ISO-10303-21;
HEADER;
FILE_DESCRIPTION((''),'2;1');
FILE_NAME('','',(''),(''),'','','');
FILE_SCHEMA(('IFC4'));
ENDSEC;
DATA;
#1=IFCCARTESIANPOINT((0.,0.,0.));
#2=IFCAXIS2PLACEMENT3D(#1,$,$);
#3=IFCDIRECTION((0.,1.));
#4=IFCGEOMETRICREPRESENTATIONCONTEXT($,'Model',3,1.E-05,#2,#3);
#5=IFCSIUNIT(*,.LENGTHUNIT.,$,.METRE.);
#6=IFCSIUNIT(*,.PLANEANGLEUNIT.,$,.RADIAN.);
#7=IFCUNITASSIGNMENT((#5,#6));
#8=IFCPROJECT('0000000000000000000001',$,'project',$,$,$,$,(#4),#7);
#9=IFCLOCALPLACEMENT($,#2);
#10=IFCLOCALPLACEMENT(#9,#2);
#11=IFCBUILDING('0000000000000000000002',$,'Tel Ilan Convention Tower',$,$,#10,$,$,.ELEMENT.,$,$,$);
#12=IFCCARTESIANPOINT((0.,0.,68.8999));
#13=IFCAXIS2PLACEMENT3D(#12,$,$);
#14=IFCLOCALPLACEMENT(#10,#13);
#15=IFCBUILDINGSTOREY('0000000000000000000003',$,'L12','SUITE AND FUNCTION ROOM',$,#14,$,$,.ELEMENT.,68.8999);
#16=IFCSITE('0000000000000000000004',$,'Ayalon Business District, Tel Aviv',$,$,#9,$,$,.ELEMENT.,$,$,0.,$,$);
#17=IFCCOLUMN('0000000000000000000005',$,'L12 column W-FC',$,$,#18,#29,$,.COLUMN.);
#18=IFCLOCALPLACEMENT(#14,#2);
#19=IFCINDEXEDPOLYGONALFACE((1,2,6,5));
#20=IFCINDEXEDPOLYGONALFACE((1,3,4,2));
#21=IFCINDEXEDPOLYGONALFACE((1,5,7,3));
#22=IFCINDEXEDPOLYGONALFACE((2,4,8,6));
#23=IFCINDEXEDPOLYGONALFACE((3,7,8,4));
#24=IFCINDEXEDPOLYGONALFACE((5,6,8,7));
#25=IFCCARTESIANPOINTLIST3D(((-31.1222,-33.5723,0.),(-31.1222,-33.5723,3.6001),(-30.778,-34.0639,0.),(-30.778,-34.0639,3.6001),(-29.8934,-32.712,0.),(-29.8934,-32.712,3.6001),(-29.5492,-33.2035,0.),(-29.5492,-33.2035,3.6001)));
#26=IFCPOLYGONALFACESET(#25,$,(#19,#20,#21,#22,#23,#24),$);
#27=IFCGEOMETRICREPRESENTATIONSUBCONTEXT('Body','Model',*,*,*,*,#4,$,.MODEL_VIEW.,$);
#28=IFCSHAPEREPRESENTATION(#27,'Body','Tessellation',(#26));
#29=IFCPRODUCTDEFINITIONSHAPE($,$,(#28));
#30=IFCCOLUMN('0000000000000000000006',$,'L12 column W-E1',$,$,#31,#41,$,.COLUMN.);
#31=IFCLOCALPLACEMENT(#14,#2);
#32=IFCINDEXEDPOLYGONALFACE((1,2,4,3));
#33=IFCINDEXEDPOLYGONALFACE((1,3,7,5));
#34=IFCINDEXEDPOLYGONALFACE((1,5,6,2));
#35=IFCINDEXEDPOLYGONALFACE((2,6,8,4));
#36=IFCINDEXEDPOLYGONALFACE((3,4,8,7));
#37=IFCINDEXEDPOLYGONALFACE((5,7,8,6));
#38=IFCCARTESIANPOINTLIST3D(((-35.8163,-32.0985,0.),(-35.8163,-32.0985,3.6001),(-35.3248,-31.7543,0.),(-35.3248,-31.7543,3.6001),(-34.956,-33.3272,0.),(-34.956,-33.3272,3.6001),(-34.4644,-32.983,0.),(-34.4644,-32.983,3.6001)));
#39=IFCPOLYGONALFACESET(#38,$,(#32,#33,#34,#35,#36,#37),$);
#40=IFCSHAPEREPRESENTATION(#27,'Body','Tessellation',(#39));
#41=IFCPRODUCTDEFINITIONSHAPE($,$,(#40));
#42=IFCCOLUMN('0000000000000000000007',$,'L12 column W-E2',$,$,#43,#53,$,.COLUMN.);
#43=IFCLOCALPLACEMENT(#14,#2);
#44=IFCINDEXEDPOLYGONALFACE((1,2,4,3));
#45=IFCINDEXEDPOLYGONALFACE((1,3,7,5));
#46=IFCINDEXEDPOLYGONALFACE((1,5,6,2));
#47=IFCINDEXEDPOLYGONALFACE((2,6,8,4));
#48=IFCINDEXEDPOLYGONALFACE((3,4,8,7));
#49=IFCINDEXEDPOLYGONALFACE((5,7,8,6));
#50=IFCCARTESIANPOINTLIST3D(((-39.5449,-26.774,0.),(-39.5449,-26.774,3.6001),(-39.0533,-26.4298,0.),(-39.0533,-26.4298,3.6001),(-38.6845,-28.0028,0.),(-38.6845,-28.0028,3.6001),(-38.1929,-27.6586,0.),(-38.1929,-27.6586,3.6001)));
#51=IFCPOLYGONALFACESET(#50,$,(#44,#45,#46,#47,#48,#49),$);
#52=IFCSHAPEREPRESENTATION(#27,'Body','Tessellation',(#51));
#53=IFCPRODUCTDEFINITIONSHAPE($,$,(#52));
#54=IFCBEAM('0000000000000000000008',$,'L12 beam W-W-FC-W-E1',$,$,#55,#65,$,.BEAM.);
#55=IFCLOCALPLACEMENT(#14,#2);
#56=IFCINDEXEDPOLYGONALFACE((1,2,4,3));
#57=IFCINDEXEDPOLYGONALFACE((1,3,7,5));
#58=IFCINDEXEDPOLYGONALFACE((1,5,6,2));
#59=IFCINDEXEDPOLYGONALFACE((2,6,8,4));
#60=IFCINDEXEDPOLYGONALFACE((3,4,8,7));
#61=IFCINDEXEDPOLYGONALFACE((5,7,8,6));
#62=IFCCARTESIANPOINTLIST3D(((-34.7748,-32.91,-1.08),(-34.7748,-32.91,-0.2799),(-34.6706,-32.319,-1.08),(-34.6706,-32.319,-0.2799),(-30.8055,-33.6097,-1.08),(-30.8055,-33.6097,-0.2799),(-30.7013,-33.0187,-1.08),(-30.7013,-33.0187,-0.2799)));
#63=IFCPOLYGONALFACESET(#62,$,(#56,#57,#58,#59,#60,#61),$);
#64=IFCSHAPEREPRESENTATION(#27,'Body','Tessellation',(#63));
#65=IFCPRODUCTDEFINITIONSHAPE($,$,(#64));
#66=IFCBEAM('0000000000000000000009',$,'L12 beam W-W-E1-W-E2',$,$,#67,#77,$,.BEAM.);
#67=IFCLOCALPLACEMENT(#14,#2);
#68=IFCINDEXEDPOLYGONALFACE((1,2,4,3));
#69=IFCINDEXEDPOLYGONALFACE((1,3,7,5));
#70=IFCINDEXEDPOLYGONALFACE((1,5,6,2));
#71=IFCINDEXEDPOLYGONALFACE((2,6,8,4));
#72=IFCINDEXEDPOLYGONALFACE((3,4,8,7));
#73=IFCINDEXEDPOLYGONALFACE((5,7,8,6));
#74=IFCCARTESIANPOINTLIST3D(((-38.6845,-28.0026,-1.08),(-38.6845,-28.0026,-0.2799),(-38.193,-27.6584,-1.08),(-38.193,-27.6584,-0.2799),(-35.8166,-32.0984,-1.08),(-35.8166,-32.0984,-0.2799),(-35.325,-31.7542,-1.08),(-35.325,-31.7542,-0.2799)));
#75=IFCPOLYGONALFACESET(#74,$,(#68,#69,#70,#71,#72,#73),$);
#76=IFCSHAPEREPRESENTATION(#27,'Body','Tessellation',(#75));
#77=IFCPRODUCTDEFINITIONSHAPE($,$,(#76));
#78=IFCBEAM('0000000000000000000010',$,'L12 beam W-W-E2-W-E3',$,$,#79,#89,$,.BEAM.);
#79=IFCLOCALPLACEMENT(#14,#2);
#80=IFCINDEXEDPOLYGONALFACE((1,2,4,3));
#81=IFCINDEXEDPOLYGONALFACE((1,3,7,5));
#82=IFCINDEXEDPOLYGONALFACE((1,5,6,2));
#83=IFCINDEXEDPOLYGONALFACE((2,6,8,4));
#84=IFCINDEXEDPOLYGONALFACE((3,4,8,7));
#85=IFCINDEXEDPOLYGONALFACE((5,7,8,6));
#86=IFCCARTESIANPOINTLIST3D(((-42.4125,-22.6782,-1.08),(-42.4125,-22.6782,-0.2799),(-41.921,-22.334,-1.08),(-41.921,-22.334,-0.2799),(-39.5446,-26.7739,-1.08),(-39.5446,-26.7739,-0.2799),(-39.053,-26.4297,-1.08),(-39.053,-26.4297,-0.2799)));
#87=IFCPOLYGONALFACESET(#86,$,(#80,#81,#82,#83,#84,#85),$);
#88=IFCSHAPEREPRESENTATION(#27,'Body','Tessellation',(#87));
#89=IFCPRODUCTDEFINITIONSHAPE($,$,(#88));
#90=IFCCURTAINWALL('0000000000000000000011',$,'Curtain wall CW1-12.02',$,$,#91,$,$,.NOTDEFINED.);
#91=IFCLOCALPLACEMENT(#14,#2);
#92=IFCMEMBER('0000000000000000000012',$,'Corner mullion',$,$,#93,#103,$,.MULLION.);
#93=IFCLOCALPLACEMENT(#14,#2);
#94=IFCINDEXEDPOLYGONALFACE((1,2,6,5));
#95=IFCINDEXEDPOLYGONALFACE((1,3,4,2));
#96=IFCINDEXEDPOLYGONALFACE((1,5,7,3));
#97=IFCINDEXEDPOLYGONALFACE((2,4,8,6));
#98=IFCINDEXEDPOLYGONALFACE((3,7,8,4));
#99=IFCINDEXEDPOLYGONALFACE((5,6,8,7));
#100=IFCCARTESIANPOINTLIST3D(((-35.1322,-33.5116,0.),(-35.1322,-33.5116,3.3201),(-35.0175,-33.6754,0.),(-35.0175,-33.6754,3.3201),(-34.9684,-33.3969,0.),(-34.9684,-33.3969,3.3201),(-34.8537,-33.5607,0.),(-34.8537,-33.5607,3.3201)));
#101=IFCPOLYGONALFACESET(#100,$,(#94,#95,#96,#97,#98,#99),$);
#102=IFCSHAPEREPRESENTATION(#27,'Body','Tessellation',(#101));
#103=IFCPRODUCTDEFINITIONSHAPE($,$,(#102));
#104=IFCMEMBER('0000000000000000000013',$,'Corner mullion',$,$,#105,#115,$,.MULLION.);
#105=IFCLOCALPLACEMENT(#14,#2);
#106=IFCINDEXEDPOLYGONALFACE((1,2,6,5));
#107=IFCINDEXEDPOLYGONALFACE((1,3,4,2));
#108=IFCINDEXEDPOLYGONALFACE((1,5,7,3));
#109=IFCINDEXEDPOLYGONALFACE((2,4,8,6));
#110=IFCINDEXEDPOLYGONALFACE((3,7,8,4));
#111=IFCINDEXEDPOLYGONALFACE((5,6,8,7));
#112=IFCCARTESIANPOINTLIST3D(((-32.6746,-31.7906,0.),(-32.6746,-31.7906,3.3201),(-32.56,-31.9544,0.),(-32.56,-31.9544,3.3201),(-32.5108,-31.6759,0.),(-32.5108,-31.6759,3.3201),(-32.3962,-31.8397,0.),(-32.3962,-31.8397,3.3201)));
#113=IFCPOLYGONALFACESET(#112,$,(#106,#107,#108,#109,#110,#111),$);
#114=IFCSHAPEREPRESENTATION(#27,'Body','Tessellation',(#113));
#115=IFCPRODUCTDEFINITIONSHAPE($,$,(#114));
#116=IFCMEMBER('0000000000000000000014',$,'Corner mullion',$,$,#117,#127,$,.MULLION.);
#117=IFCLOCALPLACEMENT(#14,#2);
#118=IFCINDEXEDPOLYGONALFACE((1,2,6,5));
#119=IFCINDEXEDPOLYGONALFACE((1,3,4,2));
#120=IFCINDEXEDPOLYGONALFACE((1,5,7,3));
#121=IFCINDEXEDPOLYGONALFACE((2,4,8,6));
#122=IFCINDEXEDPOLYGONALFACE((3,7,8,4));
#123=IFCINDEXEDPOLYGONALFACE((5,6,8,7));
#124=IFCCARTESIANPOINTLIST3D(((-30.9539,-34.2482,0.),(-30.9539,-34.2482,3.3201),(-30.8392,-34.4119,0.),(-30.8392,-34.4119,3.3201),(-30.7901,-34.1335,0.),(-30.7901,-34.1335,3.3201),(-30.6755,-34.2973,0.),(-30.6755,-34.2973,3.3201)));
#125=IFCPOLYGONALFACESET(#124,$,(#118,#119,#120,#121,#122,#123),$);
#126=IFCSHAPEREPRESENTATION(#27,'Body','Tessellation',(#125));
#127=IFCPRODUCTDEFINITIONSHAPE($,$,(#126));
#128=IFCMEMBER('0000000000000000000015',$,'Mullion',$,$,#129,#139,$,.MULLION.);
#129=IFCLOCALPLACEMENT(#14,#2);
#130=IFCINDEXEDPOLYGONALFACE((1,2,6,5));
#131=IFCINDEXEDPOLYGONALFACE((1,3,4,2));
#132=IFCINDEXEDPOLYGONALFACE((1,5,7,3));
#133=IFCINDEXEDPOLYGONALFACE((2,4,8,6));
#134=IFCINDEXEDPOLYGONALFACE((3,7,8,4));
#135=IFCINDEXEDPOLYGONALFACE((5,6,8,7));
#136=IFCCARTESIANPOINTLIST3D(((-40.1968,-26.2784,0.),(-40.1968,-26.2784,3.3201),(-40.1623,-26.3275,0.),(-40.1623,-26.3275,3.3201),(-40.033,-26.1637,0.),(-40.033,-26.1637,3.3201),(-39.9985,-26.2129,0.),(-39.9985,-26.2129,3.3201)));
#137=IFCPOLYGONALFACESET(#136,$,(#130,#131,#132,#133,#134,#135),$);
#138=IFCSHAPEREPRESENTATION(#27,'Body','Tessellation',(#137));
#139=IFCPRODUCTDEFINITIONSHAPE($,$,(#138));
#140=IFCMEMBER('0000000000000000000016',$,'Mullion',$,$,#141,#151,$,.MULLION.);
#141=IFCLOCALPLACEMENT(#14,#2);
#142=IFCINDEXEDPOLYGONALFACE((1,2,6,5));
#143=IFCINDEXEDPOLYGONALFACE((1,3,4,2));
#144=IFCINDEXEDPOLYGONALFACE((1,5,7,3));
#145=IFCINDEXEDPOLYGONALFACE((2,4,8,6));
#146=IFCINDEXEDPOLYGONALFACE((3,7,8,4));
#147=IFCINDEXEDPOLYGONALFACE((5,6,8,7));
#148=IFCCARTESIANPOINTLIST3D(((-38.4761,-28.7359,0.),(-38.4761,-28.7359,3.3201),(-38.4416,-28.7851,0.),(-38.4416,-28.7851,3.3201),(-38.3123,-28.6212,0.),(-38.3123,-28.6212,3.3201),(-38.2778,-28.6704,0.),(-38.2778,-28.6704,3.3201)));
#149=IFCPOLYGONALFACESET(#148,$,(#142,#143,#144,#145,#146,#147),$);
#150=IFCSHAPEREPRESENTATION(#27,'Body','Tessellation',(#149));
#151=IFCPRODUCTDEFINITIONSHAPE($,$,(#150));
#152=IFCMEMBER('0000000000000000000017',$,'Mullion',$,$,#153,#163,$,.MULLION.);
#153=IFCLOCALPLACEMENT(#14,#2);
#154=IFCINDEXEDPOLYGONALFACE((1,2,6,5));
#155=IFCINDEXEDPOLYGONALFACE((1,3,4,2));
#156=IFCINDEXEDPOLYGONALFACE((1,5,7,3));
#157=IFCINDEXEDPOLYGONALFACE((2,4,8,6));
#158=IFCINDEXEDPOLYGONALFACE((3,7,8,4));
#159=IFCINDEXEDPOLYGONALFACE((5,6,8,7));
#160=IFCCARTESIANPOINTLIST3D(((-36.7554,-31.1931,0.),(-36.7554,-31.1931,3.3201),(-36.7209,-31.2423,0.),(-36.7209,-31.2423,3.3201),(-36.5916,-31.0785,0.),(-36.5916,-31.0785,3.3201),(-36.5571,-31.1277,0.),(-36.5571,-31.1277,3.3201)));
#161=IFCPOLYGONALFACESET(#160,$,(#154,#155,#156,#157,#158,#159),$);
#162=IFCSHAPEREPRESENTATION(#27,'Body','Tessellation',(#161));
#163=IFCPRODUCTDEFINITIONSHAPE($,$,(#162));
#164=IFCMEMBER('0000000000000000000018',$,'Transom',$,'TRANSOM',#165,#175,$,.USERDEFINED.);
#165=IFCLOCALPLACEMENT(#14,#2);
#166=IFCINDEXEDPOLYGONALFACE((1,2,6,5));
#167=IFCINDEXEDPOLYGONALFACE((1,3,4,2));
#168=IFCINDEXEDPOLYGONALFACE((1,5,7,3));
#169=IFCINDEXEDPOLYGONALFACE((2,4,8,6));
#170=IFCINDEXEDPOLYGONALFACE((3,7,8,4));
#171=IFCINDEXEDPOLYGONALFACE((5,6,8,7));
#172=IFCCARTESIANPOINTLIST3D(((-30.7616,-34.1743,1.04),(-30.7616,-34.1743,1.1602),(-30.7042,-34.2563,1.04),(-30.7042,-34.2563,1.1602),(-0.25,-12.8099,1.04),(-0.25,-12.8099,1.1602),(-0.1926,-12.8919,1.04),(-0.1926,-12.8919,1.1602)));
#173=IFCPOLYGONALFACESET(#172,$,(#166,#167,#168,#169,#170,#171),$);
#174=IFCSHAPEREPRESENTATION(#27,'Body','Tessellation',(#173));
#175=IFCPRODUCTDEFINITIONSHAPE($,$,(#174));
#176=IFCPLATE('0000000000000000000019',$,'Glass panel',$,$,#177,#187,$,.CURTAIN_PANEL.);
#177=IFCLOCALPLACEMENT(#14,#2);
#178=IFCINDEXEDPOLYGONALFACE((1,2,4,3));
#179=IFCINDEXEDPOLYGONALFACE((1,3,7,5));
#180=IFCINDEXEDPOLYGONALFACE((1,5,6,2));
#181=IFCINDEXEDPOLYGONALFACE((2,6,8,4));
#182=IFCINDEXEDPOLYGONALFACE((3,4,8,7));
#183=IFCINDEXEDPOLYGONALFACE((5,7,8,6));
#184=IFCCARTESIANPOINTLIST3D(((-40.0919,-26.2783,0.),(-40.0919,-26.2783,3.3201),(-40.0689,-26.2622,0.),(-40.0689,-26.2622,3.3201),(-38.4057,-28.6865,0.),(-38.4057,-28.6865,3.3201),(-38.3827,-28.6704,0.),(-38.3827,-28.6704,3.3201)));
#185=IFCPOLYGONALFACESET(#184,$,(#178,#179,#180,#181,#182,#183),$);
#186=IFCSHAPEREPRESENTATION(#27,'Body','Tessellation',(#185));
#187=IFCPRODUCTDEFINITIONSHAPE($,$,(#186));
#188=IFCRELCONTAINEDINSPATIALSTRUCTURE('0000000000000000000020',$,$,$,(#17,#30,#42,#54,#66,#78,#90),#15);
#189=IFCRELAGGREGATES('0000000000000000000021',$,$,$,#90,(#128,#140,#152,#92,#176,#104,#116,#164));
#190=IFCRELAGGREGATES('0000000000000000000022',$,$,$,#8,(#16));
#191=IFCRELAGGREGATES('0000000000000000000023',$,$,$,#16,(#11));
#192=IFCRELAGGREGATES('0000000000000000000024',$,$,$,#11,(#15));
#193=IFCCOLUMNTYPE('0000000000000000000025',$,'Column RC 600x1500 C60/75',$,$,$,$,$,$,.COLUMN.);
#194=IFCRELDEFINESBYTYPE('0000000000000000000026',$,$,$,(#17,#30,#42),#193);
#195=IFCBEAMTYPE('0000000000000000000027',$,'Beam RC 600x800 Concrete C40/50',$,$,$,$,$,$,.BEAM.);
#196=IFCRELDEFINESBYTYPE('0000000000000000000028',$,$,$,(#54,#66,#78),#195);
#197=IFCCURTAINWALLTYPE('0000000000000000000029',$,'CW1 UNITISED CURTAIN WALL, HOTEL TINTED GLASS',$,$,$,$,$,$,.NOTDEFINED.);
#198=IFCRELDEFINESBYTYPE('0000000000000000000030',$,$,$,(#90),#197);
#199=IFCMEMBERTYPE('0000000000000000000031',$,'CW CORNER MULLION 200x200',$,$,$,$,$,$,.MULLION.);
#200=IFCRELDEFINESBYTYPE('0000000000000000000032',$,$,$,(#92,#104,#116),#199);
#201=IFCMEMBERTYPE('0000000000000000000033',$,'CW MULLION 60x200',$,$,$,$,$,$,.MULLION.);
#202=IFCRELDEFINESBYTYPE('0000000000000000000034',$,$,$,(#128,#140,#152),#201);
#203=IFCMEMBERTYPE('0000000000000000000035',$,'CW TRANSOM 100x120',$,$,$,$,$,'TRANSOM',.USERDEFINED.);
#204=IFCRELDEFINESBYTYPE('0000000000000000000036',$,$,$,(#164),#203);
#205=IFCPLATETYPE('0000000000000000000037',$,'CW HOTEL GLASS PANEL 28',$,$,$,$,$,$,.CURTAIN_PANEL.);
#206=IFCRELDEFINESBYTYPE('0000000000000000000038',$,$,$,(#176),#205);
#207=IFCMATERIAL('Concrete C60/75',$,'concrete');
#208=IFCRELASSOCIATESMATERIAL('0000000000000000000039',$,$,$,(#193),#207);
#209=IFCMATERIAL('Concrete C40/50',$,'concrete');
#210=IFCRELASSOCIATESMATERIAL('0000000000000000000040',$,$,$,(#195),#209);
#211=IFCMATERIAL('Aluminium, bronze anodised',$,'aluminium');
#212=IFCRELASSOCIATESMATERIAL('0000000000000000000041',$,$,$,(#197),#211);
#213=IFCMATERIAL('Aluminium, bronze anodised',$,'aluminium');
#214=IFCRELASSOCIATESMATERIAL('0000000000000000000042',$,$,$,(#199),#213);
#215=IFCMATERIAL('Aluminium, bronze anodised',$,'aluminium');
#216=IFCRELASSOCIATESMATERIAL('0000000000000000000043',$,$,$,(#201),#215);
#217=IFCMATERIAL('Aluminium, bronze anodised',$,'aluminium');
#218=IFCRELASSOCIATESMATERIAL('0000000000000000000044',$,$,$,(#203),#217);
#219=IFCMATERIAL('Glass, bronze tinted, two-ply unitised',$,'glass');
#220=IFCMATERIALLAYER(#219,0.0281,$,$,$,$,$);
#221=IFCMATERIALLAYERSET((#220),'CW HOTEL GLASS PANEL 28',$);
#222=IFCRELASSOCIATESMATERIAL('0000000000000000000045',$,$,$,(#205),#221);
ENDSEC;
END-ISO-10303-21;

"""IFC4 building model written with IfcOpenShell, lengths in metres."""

from ifc_helpers import new_model, si_unit, direction, frame, origin, origin_2d, place, context, subcontext, project, spatial, rectangle, extrude, material, layer, layer_set, material_profile, profile_set, type_object, element, aggregate, save


model = new_model("IFC4")

# Units and contexts
model_context = context("Model", 3, precision=1e-05, world=origin(), true_north=direction((0.0, 1.0)))
body_context = subcontext(model_context, "Body", "Model", "MODEL_VIEW")
ifc_project = project(units=[si_unit("LENGTHUNIT", "METRE"), si_unit("PLANEANGLEUNIT", "RADIAN")], contexts=[model_context])

# Site, building, storey
site_placement = place(None, origin())
site = spatial("IfcSite", under=ifc_project, at=site_placement, Name="Ayalon Business District, Tel Aviv", CompositionType="ELEMENT", RefElevation=0.0)
building_placement = place(site_placement, origin())
building = spatial("IfcBuilding", under=site, at=building_placement, Name="Tel Ilan Convention Tower", CompositionType="ELEMENT")
storey_placement = place(building_placement, frame((0.0, 0.0, 68.8999)))
storey = spatial("IfcBuildingStorey", under=building, at=storey_placement, Name="L12", Description="SUITE AND FUNCTION ROOM", CompositionType="ELEMENT", Elevation=68.8999)

# Columns
ifc_material_1 = material(Name="Concrete C60/75", Category="concrete")
ifc_material_profile_1 = material_profile(ifc_material_1, rectangle(XDim=1.5, YDim=0.6001, at=origin_2d()), Name="RC 600x1500")
ifc_profile_set_1 = profile_set([ifc_material_profile_1], Name="Concrete C60/75")
column_type = type_object("IfcColumnType", Name="Column RC 600x1500 C60/75", PredefinedType="COLUMN", material=ifc_profile_set_1)
for number, where, z_axis, x_axis, name in (
    (1, (-30.3357, -33.3879, 0.0), (0.0, 0.0, 1.0), (-0.819152, -0.573576, 0.0), "L12 column W-FC"),
    (2, (-35.1404, -32.5408, 0.0), (0.0, 0.0, 1.0), (-0.573576, 0.819152, 0.0), "L12 column W-E1"),
    (3, (-38.8689, -27.2163, 0.0), (0.0, 0.0, 1.0), (-0.573576, 0.819152, 0.0), "L12 column W-E2"),
):
    element("IfcColumn", number, at=place(storey_placement, frame(where, z_axis=z_axis, x_axis=x_axis)), inside=storey, type_object=column_type, Name=name, PredefinedType="COLUMN", context=body_context, shape_type="SweptSolid", body=[
        extrude(rectangle(XDim=1.5, YDim=0.6001, at=origin_2d()), origin(), (0.0, 0.0, 1.0), 3.6001),
    ])

# Beams
ifc_material_2 = material(Name="Concrete C40/50", Category="concrete")
ifc_material_profile_2 = material_profile(ifc_material_2, rectangle(XDim=0.6001, YDim=0.8, at=origin_2d()), Name="RC 600x800")
ifc_profile_set_2 = profile_set([ifc_material_profile_2], Name="Concrete C40/50")
beam_type = type_object("IfcBeamType", Name="Beam RC 600x800 Concrete C40/50", PredefinedType="BEAM", material=ifc_profile_set_2)
beam_placement = place(storey_placement, frame((-30.7534, -33.3142, -0.6799), z_axis=(-0.984815, 0.173606, 0.0), x_axis=(-0.173606, -0.984815, 0.0)))
element("IfcBeam", 4, at=beam_placement, inside=storey, type_object=beam_type, Name="L12 beam W-W-FC-W-E1", PredefinedType="BEAM", context=body_context, shape_type="SweptSolid", body=[
    extrude(rectangle(XDim=0.6001, YDim=0.8, at=origin_2d()), origin(), (0.0, 0.0, 1.0), 4.0305),
])
for number, where, z_axis, x_axis, name in (
    (5, (-35.5708, -31.9263, -0.6799), (-0.573587, 0.819145, 0.0), (-0.819145, -0.573587, 0.0), "L12 beam W-W-E1-W-E2"),
    (6, (-39.2988, -26.6018, -0.6799), (-0.573587, 0.819145, 0.0), (-0.819145, -0.573587, 0.0), "L12 beam W-W-E2-W-E3"),
):
    element("IfcBeam", number, at=place(storey_placement, frame(where, z_axis=z_axis, x_axis=x_axis)), inside=storey, type_object=beam_type, Name=name, PredefinedType="BEAM", context=body_context, shape_type="SweptSolid", body=[
        extrude(rectangle(XDim=0.6001, YDim=0.8, at=origin_2d()), origin(), (0.0, 0.0, 1.0), 5.0),
    ])

# Curtain wall, members, plate
ifc_material_3 = material(Name="Aluminium, bronze anodised", Category="aluminium")
curtain_wall_type = type_object("IfcCurtainWallType", Name="CW1 UNITISED CURTAIN WALL, HOTEL TINTED GLASS", PredefinedType="NOTDEFINED", material=ifc_material_3)
curtain_wall_placement = place(storey_placement, origin())
curtain_wall = element("IfcCurtainWall", 7, at=curtain_wall_placement, inside=storey, type_object=curtain_wall_type, Name="Curtain wall CW1-12.02", PredefinedType="NOTDEFINED")
ifc_material_4 = material(Name="Aluminium, bronze anodised", Category="aluminium")
ifc_material_profile_3 = material_profile(ifc_material_4, rectangle(XDim=0.2, YDim=0.2, at=origin_2d()), Name="CW CORNER MULLION 200x200")
ifc_profile_set_3 = profile_set([ifc_material_profile_3], Name="Aluminium, bronze anodised")
member_type_1 = type_object("IfcMemberType", Name="CW CORNER MULLION 200x200", PredefinedType="MULLION", material=ifc_profile_set_3)
member_1_placement = place(storey_placement, frame((-34.9929, -33.5361, 0.0), z_axis=(0.0, 0.0, 1.0), x_axis=(0.573576, -0.819152, 0.0)))
member_1 = element("IfcMember", 8, at=member_1_placement, type_object=member_type_1, Name="Corner mullion", PredefinedType="MULLION", context=body_context, shape_type="SweptSolid", body=[
    extrude(rectangle(XDim=0.2, YDim=0.2, at=origin_2d()), origin(), (0.0, 0.0, 1.0), 3.3201),
])
member_2_placement = place(storey_placement, frame((-32.5354, -31.8152, 0.0), z_axis=(0.0, 0.0, 1.0), x_axis=(0.819152, 0.573576, 0.0)))
member_2 = element("IfcMember", 9, at=member_2_placement, type_object=member_type_1, Name="Corner mullion", PredefinedType="MULLION", context=body_context, shape_type="SweptSolid", body=[
    extrude(rectangle(XDim=0.2, YDim=0.2, at=origin_2d()), origin(), (0.0, 0.0, 1.0), 3.3201),
])
member_3_placement = place(storey_placement, frame((-30.8147, -34.2727, 0.0), z_axis=(0.0, 0.0, 1.0), x_axis=(0.573576, -0.819152, 0.0)))
member_3 = element("IfcMember", 10, at=member_3_placement, type_object=member_type_1, Name="Corner mullion", PredefinedType="MULLION", context=body_context, shape_type="SweptSolid", body=[
    extrude(rectangle(XDim=0.2, YDim=0.2, at=origin_2d()), origin(), (0.0, 0.0, 1.0), 3.3201),
])
ifc_material_5 = material(Name="Aluminium, bronze anodised", Category="aluminium")
ifc_material_profile_4 = material_profile(ifc_material_5, rectangle(XDim=0.0601, YDim=0.2, at=origin_2d()), Name="CW MULLION 60x200")
ifc_profile_set_4 = profile_set([ifc_material_profile_4], Name="Aluminium, bronze anodised")
member_type_2 = type_object("IfcMemberType", Name="CW MULLION 60x200", PredefinedType="MULLION", material=ifc_profile_set_4)
member_4_placement = place(storey_placement, frame((-40.0977, -26.2456, 0.0), z_axis=(0.0, 0.0, 1.0), x_axis=(0.573576, -0.819152, 0.0)))
member_4 = element("IfcMember", 11, at=member_4_placement, type_object=member_type_2, Name="Mullion", PredefinedType="MULLION", context=body_context, shape_type="SweptSolid", body=[
    extrude(rectangle(XDim=0.0601, YDim=0.2, at=origin_2d()), origin(), (0.0, 0.0, 1.0), 3.3201),
])
member_5_placement = place(storey_placement, frame((-38.377, -28.7031, 0.0), z_axis=(0.0, 0.0, 1.0), x_axis=(0.573576, -0.819152, 0.0)))
member_5 = element("IfcMember", 12, at=member_5_placement, type_object=member_type_2, Name="Mullion", PredefinedType="MULLION", context=body_context, shape_type="SweptSolid", body=[
    extrude(rectangle(XDim=0.0601, YDim=0.2, at=origin_2d()), origin(), (0.0, 0.0, 1.0), 3.3201),
])
member_6_placement = place(storey_placement, frame((-36.6562, -31.1604, 0.0), z_axis=(0.0, 0.0, 1.0), x_axis=(0.573576, -0.819152, 0.0)))
member_6 = element("IfcMember", 13, at=member_6_placement, type_object=member_type_2, Name="Mullion", PredefinedType="MULLION", context=body_context, shape_type="SweptSolid", body=[
    extrude(rectangle(XDim=0.0601, YDim=0.2, at=origin_2d()), origin(), (0.0, 0.0, 1.0), 3.3201),
])
ifc_material_6 = material(Name="Aluminium, bronze anodised", Category="aluminium")
ifc_material_profile_5 = material_profile(ifc_material_6, rectangle(XDim=0.1001, YDim=0.1201, at=origin_2d()), Name="CW TRANSOM 100x120")
ifc_profile_set_5 = profile_set([ifc_material_profile_5], Name="Aluminium, bronze anodised")
member_type_3 = type_object("IfcMemberType", Name="CW TRANSOM 100x120", ElementType="TRANSOM", PredefinedType="USERDEFINED", material=ifc_profile_set_5)
member_7_placement = place(storey_placement, frame((-30.7329, -34.2153, 1.1001), z_axis=(0.819152, 0.573576, 0.0), x_axis=(-0.573576, 0.819152, 0.0)))
member_7 = element("IfcMember", 14, at=member_7_placement, type_object=member_type_3, Name="Transom", ObjectType="TRANSOM", PredefinedType="USERDEFINED", context=body_context, shape_type="SweptSolid", body=[
    extrude(rectangle(XDim=0.1001, YDim=0.1201, at=origin_2d()), origin(), (0.0, 0.0, 1.0), 37.2478),
])
ifc_material_7 = material(Name="Glass, bronze tinted, two-ply unitised", Category="glass")
ifc_layer_1 = layer(ifc_material_7, 0.0281)
ifc_layer_set_1 = layer_set([ifc_layer_1], Name="CW HOTEL GLASS PANEL 28")
plate_type = type_object("IfcPlateType", Name="CW HOTEL GLASS PANEL 28", PredefinedType="CURTAIN_PANEL", material=ifc_layer_set_1)
plate_1_placement = place(storey_placement, frame((-39.2373, -27.4744, 0.0), z_axis=(0.0, 0.0, 1.0), x_axis=(0.573576, -0.819152, 0.0)))
plate_1 = element("IfcPlate", 15, at=plate_1_placement, type_object=plate_type, Name="Glass panel", PredefinedType="CURTAIN_PANEL", context=body_context, shape_type="SweptSolid", body=[
    extrude(rectangle(XDim=2.9399, YDim=0.0281, at=origin_2d()), origin(), (0.0, 0.0, 1.0), 3.3201),
])
aggregate(curtain_wall, [member_4, member_5, member_6, member_1, plate_1, member_2, member_3, member_7])

save(model, "model.ifc")
